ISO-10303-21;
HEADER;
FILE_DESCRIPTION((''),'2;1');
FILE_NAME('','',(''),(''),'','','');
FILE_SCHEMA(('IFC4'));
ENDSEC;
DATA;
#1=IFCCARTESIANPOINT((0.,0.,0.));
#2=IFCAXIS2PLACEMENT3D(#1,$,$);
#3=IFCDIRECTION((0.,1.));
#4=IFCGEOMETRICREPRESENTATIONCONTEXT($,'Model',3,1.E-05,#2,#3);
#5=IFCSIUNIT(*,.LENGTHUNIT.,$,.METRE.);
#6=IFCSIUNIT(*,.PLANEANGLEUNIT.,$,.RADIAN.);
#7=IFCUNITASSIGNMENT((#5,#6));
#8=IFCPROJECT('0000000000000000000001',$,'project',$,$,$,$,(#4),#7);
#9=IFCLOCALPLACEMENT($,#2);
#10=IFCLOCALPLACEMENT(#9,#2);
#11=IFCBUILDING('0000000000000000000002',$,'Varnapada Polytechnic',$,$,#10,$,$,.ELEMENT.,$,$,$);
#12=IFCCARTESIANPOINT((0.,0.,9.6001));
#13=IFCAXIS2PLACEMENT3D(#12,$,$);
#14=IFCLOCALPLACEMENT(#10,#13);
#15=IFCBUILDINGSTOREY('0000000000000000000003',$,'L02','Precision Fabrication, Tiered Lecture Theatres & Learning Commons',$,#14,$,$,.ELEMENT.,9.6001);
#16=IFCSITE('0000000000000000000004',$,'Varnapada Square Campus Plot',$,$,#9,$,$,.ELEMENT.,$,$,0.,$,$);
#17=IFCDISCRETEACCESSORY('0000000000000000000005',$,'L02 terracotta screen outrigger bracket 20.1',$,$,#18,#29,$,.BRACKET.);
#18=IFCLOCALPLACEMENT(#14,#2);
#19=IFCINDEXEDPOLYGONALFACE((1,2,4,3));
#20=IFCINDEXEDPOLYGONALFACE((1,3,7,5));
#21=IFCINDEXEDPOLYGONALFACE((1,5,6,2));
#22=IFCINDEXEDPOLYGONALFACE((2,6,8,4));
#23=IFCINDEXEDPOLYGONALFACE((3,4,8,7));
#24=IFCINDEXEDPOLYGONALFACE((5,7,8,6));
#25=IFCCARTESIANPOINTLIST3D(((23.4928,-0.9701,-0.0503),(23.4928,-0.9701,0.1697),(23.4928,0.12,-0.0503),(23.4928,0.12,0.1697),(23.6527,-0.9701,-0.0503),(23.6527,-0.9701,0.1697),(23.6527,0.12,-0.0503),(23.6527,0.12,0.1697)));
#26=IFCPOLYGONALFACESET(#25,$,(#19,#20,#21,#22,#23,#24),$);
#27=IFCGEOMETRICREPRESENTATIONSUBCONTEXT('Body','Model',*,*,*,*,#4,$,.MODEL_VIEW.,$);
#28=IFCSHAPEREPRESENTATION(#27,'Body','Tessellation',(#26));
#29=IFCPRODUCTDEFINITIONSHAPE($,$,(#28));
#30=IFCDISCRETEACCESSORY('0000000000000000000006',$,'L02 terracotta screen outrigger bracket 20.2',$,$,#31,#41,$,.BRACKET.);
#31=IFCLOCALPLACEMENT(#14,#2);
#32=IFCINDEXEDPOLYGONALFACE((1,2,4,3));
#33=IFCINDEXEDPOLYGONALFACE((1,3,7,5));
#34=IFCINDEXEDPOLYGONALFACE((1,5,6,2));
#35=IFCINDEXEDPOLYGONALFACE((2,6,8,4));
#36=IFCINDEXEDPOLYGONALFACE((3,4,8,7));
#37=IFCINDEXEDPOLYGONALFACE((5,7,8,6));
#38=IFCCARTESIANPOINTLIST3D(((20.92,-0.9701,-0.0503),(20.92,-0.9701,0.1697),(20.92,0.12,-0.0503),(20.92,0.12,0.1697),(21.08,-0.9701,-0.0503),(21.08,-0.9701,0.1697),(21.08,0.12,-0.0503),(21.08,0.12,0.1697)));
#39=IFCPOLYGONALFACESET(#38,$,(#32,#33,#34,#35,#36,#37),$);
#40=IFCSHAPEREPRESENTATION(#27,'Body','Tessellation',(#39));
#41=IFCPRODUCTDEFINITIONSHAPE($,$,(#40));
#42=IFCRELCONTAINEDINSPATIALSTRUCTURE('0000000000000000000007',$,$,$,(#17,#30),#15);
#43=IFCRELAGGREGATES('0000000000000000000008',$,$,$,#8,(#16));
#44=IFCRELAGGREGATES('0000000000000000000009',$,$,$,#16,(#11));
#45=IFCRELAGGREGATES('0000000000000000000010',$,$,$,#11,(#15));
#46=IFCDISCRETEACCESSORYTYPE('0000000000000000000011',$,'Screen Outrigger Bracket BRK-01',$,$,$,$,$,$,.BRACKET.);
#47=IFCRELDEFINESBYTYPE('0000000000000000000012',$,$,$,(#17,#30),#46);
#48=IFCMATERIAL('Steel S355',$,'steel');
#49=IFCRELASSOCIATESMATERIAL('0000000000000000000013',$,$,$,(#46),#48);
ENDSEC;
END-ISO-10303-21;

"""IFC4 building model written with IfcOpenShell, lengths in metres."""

from ifc_helpers import new_model, si_unit, direction, frame, origin, origin_2d, place, context, subcontext, project, spatial, rectangle, extrude, material, type_object, element, save


model = new_model("IFC4")

# Units and contexts
model_context = context("Model", 3, precision=1e-05, world=origin(), true_north=direction((0.0, 1.0)))
body_context = subcontext(model_context, "Body", "Model", "MODEL_VIEW")
ifc_project = project(units=[si_unit("LENGTHUNIT", "METRE"), si_unit("PLANEANGLEUNIT", "RADIAN")], contexts=[model_context])

# Site, building, storey
site_placement = place(None, origin())
site = spatial("IfcSite", under=ifc_project, at=site_placement, Name="Varnapada Square Campus Plot", CompositionType="ELEMENT", RefElevation=0.0)
building_placement = place(site_placement, origin())
building = spatial("IfcBuilding", under=site, at=building_placement, Name="Varnapada Polytechnic", CompositionType="ELEMENT")
storey_placement = place(building_placement, frame((0.0, 0.0, 9.6001)))
storey = spatial("IfcBuildingStorey", under=building, at=storey_placement, Name="L02", Description="Precision Fabrication, Tiered Lecture Theatres & Learning Commons", CompositionType="ELEMENT", Elevation=9.6001)

# Discrete accessories
ifc_material_1 = material(Name="Steel S355", Category="steel")
discrete_accessory_type = type_object("IfcDiscreteAccessoryType", Name="Screen Outrigger Bracket BRK-01", PredefinedType="BRACKET", material=ifc_material_1)
for number, where, z_axis, x_axis, name in (
    (1, (23.5728, -0.425, -0.0503), (0.0, 0.0, 1.0), (-1.0, 0.0, 0.0), "L02 terracotta screen outrigger bracket 20.1"),
    (2, (21.0, -0.425, -0.0503), (0.0, 0.0, 1.0), (-1.0, 0.0, 0.0), "L02 terracotta screen outrigger bracket 20.2"),
):
    element("IfcDiscreteAccessory", number, at=place(storey_placement, frame(where, z_axis=z_axis, x_axis=x_axis)), inside=storey, type_object=discrete_accessory_type, Name=name, PredefinedType="BRACKET", context=body_context, shape_type="SweptSolid", body=[
        extrude(rectangle(XDim=0.1599, YDim=1.0901, at=origin_2d()), origin(), (0.0, 0.0, 1.0), 0.22),
    ])

save(model, "model.ifc")
